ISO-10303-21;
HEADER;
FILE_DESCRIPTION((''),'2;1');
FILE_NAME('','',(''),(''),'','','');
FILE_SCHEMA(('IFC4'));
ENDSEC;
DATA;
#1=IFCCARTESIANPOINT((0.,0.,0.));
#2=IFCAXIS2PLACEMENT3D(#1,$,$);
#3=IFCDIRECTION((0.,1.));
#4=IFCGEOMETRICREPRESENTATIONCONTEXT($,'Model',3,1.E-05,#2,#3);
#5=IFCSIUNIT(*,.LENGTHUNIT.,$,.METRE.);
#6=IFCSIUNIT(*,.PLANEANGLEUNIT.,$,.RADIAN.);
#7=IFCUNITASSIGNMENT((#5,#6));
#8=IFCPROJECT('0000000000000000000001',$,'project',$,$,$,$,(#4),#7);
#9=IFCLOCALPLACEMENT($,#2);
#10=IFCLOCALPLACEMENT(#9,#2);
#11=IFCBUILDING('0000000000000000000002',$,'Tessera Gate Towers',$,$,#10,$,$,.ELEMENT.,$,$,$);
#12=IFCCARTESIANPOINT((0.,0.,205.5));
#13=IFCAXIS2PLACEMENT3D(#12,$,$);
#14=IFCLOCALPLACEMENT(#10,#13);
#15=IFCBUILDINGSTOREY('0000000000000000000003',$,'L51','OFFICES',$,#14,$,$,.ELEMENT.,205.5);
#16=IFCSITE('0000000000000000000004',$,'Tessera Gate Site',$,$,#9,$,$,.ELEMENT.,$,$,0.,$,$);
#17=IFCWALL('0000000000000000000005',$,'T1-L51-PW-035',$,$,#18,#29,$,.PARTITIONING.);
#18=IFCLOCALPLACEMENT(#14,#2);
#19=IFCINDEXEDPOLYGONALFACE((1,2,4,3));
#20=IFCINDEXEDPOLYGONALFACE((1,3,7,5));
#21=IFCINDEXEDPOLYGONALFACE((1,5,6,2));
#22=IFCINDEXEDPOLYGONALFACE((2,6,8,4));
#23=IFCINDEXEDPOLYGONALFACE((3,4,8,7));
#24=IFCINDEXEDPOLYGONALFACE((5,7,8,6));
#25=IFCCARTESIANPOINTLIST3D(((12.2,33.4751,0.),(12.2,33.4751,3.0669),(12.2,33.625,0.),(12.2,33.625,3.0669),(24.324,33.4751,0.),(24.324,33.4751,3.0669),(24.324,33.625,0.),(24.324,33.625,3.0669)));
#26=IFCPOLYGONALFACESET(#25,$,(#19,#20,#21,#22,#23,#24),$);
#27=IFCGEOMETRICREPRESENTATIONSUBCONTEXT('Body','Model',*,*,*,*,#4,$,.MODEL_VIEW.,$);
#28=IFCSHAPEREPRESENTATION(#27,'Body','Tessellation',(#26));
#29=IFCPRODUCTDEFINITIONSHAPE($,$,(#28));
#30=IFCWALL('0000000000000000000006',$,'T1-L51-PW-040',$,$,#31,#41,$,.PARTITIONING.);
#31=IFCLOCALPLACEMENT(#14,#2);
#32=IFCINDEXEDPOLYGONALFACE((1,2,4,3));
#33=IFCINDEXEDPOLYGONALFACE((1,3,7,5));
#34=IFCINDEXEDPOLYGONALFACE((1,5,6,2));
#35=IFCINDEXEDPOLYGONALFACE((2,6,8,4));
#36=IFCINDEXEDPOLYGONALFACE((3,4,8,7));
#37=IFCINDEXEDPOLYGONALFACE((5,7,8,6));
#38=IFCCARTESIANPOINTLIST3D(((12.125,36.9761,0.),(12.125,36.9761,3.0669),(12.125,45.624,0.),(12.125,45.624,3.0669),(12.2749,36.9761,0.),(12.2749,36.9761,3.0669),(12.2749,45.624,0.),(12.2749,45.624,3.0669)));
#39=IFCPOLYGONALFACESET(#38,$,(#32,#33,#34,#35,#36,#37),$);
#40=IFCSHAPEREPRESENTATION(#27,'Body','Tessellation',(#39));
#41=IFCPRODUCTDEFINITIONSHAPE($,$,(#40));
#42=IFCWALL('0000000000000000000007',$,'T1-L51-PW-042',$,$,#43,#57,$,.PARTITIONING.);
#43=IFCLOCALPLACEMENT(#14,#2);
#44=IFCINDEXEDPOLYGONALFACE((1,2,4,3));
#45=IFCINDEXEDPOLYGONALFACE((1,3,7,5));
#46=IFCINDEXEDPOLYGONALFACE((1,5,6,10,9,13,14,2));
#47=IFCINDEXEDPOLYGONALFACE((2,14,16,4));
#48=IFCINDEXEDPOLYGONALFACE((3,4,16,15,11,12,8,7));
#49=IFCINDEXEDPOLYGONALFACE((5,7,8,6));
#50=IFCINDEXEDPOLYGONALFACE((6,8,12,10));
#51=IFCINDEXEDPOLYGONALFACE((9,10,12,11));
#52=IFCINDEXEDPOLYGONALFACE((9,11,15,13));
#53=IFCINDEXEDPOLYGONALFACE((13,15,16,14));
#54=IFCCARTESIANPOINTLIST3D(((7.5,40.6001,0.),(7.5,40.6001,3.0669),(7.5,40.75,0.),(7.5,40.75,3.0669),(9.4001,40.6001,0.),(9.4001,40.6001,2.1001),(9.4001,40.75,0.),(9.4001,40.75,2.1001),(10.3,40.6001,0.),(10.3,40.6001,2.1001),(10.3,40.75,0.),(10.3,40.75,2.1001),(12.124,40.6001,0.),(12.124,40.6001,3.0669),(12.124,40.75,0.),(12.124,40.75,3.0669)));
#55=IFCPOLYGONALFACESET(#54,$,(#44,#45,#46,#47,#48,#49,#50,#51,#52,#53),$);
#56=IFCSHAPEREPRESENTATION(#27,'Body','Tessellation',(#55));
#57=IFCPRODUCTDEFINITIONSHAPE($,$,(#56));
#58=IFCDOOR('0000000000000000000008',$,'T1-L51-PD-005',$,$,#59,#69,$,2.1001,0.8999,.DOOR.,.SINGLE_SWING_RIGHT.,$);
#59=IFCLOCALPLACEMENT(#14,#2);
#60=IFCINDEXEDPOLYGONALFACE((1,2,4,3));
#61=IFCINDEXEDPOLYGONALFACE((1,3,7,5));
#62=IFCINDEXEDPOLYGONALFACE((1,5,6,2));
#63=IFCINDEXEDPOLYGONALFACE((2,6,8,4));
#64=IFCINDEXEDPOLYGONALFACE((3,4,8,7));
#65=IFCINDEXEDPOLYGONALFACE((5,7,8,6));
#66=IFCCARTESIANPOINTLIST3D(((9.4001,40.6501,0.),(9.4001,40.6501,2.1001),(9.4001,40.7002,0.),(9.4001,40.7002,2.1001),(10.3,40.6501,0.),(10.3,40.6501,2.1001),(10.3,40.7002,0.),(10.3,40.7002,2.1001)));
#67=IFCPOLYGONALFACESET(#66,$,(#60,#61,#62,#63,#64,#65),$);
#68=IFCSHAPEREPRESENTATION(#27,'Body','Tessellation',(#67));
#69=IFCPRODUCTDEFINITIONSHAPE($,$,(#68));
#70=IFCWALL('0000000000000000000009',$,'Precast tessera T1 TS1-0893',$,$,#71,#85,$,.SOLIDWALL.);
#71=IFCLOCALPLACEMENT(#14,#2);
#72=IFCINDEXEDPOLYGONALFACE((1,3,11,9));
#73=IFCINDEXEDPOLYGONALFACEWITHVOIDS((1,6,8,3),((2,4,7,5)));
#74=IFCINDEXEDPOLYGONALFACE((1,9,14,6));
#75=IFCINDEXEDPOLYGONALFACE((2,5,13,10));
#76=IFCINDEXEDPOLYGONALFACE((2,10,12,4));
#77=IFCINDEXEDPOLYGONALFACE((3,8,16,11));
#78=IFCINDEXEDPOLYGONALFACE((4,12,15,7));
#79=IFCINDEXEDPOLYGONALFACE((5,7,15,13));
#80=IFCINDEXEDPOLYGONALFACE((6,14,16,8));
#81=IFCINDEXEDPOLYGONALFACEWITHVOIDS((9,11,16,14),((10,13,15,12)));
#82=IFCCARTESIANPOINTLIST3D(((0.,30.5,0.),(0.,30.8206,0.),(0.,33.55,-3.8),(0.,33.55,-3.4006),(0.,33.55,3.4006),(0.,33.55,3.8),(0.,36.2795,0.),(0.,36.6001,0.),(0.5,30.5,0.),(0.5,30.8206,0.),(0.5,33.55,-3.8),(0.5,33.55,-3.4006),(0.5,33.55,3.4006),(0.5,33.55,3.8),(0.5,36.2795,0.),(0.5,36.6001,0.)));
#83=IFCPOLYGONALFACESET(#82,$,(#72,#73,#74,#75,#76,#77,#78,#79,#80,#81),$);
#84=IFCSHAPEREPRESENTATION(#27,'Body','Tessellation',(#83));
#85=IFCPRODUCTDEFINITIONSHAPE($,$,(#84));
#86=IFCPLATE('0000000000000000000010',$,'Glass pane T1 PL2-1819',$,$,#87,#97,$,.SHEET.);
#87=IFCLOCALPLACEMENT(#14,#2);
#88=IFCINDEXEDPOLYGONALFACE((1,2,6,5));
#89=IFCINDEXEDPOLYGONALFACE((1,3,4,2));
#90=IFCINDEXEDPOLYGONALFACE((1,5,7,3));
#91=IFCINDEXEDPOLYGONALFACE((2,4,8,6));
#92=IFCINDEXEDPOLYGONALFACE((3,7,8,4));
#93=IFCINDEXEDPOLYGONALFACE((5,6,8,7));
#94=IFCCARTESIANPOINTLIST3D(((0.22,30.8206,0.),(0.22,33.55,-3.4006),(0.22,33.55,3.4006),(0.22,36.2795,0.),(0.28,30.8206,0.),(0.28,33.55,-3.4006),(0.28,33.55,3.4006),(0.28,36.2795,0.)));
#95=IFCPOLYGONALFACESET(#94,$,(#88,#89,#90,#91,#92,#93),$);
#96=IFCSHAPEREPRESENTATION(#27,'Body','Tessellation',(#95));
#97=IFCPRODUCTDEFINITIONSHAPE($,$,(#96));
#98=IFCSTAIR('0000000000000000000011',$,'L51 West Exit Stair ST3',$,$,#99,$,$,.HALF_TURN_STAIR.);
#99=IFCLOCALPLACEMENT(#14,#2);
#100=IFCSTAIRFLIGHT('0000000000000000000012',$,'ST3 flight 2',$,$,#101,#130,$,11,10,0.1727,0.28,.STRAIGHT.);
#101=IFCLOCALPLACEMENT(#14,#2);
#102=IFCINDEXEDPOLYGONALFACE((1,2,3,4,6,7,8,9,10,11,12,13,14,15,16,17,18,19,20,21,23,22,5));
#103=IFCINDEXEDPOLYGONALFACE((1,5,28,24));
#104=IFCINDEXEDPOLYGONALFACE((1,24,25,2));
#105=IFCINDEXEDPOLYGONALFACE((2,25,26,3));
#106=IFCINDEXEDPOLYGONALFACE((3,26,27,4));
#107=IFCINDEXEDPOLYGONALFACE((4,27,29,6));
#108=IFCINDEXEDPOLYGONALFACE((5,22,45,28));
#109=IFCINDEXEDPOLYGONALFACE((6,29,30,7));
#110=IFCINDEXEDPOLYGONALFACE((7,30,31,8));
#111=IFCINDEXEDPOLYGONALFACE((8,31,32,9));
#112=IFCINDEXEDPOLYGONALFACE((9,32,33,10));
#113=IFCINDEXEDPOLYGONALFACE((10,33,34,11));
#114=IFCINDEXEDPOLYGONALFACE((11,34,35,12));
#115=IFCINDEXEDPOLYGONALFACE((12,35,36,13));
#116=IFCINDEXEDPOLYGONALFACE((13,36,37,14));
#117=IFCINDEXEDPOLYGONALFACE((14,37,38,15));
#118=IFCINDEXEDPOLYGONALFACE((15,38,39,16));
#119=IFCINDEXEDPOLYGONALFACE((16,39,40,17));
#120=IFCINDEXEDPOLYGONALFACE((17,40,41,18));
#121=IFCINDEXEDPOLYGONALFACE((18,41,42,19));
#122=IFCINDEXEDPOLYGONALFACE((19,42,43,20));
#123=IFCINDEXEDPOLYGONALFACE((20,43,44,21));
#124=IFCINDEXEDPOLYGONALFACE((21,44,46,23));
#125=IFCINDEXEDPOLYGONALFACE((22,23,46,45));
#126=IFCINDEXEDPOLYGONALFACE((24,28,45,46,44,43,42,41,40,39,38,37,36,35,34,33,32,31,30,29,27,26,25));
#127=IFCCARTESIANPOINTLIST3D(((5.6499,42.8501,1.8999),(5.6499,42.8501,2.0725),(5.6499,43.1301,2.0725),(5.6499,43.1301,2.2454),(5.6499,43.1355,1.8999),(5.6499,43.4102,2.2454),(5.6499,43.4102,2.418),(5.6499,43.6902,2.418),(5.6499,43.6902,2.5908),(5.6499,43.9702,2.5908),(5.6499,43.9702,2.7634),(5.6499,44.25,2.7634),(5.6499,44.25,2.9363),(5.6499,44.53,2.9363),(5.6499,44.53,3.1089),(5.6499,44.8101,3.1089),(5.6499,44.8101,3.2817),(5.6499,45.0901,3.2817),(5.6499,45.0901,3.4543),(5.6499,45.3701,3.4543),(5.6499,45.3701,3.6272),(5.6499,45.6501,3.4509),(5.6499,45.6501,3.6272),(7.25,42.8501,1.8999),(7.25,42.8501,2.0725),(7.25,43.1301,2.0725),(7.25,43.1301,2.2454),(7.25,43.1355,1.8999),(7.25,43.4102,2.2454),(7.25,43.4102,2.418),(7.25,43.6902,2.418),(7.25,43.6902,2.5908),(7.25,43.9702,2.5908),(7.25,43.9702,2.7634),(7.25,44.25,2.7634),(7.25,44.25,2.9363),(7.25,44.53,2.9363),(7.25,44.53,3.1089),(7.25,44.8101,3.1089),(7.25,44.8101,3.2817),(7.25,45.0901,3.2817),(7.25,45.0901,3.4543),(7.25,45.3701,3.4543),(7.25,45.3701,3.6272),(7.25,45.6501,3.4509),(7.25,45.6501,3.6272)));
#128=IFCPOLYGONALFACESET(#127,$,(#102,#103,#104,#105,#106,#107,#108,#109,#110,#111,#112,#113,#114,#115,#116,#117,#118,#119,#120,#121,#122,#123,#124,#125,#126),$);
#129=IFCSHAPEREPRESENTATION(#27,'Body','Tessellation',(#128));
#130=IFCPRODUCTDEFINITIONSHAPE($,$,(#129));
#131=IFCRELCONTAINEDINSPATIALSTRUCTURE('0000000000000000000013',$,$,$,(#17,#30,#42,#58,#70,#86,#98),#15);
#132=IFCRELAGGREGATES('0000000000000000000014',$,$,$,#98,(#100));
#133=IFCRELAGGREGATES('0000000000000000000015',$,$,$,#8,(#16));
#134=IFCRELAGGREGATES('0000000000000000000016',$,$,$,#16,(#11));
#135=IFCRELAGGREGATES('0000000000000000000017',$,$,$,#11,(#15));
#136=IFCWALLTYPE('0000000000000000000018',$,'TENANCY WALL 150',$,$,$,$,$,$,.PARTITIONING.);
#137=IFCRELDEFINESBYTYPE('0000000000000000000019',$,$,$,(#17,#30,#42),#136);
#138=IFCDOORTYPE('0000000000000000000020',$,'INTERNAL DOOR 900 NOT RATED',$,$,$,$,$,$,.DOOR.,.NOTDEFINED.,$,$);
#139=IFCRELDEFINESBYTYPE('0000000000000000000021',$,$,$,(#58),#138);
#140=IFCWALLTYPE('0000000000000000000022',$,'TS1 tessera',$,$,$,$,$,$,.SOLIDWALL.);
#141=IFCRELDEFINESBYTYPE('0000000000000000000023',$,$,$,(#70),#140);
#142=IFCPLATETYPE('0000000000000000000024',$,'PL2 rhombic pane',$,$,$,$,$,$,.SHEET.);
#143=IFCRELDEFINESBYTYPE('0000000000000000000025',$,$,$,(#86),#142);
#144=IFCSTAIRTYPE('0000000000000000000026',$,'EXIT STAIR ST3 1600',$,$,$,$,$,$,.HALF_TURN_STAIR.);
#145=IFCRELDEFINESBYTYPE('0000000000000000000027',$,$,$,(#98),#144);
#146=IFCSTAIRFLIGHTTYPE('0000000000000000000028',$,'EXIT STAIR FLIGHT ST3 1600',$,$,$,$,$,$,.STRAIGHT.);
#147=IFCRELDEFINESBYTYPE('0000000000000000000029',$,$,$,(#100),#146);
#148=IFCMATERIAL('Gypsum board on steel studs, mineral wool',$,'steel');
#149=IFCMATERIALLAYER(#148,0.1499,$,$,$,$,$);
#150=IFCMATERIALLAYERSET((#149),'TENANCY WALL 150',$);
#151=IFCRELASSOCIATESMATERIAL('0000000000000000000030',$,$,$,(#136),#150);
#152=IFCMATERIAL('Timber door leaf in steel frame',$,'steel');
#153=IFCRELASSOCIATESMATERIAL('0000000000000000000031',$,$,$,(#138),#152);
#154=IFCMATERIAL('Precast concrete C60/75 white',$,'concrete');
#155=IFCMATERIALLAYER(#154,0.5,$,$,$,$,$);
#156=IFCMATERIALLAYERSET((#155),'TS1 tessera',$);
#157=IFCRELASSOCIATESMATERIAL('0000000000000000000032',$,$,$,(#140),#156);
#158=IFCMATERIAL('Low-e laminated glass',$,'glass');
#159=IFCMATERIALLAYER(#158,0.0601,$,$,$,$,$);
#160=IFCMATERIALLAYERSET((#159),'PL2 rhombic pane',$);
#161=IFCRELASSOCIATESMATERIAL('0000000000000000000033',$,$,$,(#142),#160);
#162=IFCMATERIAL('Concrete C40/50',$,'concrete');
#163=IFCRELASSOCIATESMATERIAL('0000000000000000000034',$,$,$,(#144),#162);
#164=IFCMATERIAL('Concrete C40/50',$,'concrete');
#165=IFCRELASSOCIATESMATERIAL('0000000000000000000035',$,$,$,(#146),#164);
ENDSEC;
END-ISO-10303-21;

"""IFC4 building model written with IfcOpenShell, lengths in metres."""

from ifc_helpers import new_model, si_unit, direction, frame, frame_2d, origin, place, context, subcontext, project, spatial, polyline, rectangle, outline, extrude, source, transform, mapped, material, layer, layer_set, type_object, element, fill, aggregate, save


model = new_model("IFC4")

# Units and contexts
model_context = context("Model", 3, precision=1e-05, world=origin(), true_north=direction((0.0, 1.0)))
body_context = subcontext(model_context, "Body", "Model", "MODEL_VIEW")
ifc_project = project(units=[si_unit("LENGTHUNIT", "METRE"), si_unit("PLANEANGLEUNIT", "RADIAN")], contexts=[model_context])

# Site, building, storey
site_placement = place(None, origin())
site = spatial("IfcSite", under=ifc_project, at=site_placement, Name="Tessera Gate Site", CompositionType="ELEMENT", RefElevation=0.0)
building_placement = place(site_placement, origin())
building = spatial("IfcBuilding", under=site, at=building_placement, Name="Tessera Gate Towers", CompositionType="ELEMENT")
storey_placement = place(building_placement, frame((0.0, 0.0, 205.5)))
storey = spatial("IfcBuildingStorey", under=building, at=storey_placement, Name="L51", Description="OFFICES", CompositionType="ELEMENT", Elevation=205.5)

# Walls
ifc_material_1 = material(Name="Gypsum board on steel studs, mineral wool", Category="steel")
ifc_layer_1 = layer(ifc_material_1, 0.1499)
ifc_layer_set_1 = layer_set([ifc_layer_1], Name="TENANCY WALL 150")
wall_type_1 = type_object("IfcWallType", Name="TENANCY WALL 150", PredefinedType="PARTITIONING", material=ifc_layer_set_1)
wall_1_placement = place(storey_placement, frame((12.2, 33.55, 0.0), z_axis=(0.0, 0.0, 1.0), x_axis=(1.0, 0.0, 0.0)))
element("IfcWall", 1, at=wall_1_placement, inside=storey, type_object=wall_type_1, Name="T1-L51-PW-035", PredefinedType="PARTITIONING", context=body_context, shape_type="SweptSolid", body=[
    extrude(rectangle(XDim=12.124, YDim=0.1499, at=frame_2d((6.062, 0.0))), origin(), (0.0, 0.0, 1.0), 3.0669),
])
wall_2_placement = place(storey_placement, frame((12.2, 36.9761, 0.0), z_axis=(0.0, 0.0, 1.0), x_axis=(0.0, 1.0, 0.0)))
element("IfcWall", 2, at=wall_2_placement, inside=storey, type_object=wall_type_1, Name="T1-L51-PW-040", PredefinedType="PARTITIONING", context=body_context, shape_type="SweptSolid", body=[
    extrude(rectangle(XDim=8.6479, YDim=0.1499, at=frame_2d((4.324, 0.0))), origin(), (0.0, 0.0, 1.0), 3.0669),
])

# Wall, opening, door
wall_3_placement = place(storey_placement, frame((12.124, 40.675, 0.0), z_axis=(0.0, 0.0, 1.0), x_axis=(-1.0, 0.0, 0.0)))
wall_3 = element("IfcWall", 3, at=wall_3_placement, inside=storey, type_object=wall_type_1, Name="T1-L51-PW-042", PredefinedType="PARTITIONING", context=body_context, shape_type="SweptSolid", body=[
    extrude(rectangle(XDim=4.624, YDim=0.1499, at=frame_2d((2.312, 0.0))), origin(), (0.0, 0.0, 1.0), 3.0669),
])
shared_shape_1 = source(origin(), body_context, "Body", "SweptSolid", [
    extrude(rectangle(XDim=0.8999, YDim=2.1001, at=frame_2d((0.45, 1.05))), frame((0.0, 0.085, 0.0), z_axis=(0.0, -1.0, 0.0), x_axis=(1.0, 0.0, 0.0)), (0.0, 0.0, 1.0), 0.1699),
])
opening_1_placement = place(wall_3_placement, frame((1.824, 0.0, 0.0)))
opening_1 = element("IfcOpeningElement", 4, at=opening_1_placement, cuts=wall_3, PredefinedType="OPENING", context=body_context, shape_type="MappedRepresentation", body=[
    mapped(shared_shape_1, transform((0.0, 0.0, 0.0), scale=1.0)),
])
ifc_material_2 = material(Name="Timber door leaf in steel frame", Category="steel")
door_type = type_object("IfcDoorType", Name="INTERNAL DOOR 900 NOT RATED", OperationType="NOTDEFINED", PredefinedType="DOOR", material=ifc_material_2)
shared_shape_2 = source(origin(), body_context, "Body", "SweptSolid", [
    extrude(rectangle(XDim=0.8999, YDim=2.1001, at=frame_2d((0.45, 1.05))), frame((0.0, 0.0249, 0.0), z_axis=(0.0, -1.0, 0.0), x_axis=(1.0, 0.0, 0.0)), (0.0, 0.0, 1.0), 0.05),
])
door_placement = place(opening_1_placement, origin())
door = element("IfcDoor", 5, at=door_placement, inside=storey, type_object=door_type, Name="T1-L51-PD-005", OperationType="SINGLE_SWING_RIGHT", OverallHeight=2.1001, OverallWidth=0.8999, PredefinedType="DOOR", context=body_context, shape_type="MappedRepresentation", body=[
    mapped(shared_shape_2, transform((0.0, 0.0, 0.0), scale=1.0)),
])
fill(opening_1, door)

# Wall, opening, plate
ifc_material_3 = material(Name="Precast concrete C60/75 white", Category="concrete")
ifc_layer_2 = layer(ifc_material_3, 0.5)
ifc_layer_set_2 = layer_set([ifc_layer_2], Name="TS1 tessera")
wall_type_2 = type_object("IfcWallType", Name="TS1 tessera", PredefinedType="SOLIDWALL", material=ifc_layer_set_2)
shared_shape_3 = source(origin(), body_context, "Body", "SweptSolid", [
    extrude(outline(polyline([(3.05, 0.0), (6.1001, 3.8), (3.05, 7.6001), (0.0, 3.8), (3.05, 0.0)])), frame((0.0, 0.25, 0.0), z_axis=(0.0, -1.0, 0.0), x_axis=(1.0, 0.0, 0.0)), (0.0, 0.0, 1.0), 0.5),
])
wall_4_placement = place(storey_placement, frame((0.25, 36.6001, -3.8), z_axis=(0.0, 0.0, 1.0), x_axis=(0.0, -1.0, 0.0)))
wall_4 = element("IfcWall", 6, at=wall_4_placement, inside=storey, type_object=wall_type_2, Name="Precast tessera T1 TS1-0893", PredefinedType="SOLIDWALL", context=body_context, shape_type="MappedRepresentation", body=[
    mapped(shared_shape_3, transform((0.0, 0.0, 0.0), scale=1.0)),
])
shared_shape_4 = source(origin(), body_context, "Body", "SweptSolid", [
    extrude(outline(polyline([(3.05, 0.3994), (5.7795, 3.8), (3.05, 7.2007), (0.3206, 3.8), (3.05, 0.3994)])), frame((0.0, 0.26, 0.0), z_axis=(0.0, -1.0, 0.0), x_axis=(1.0, 0.0, 0.0)), (0.0, 0.0, 1.0), 0.52),
])
opening_2_placement = place(wall_4_placement, origin())
opening_2 = element("IfcOpeningElement", 7, at=opening_2_placement, cuts=wall_4, PredefinedType="OPENING", context=body_context, shape_type="MappedRepresentation", body=[
    mapped(shared_shape_4, transform((0.0, 0.0, 0.0), scale=1.0)),
])
ifc_material_4 = material(Name="Low-e laminated glass", Category="glass")
ifc_layer_3 = layer(ifc_material_4, 0.0601)
ifc_layer_set_3 = layer_set([ifc_layer_3], Name="PL2 rhombic pane")
plate_type = type_object("IfcPlateType", Name="PL2 rhombic pane", PredefinedType="SHEET", material=ifc_layer_set_3)
shared_shape_5 = source(origin(), body_context, "Body", "SweptSolid", [
    extrude(outline(polyline([(3.05, 0.3994), (5.7795, 3.8), (3.05, 7.2007), (0.3206, 3.8), (3.05, 0.3994)])), frame((0.0, 0.03, 0.0), z_axis=(0.0, -1.0, 0.0), x_axis=(1.0, 0.0, 0.0)), (0.0, 0.0, 1.0), 0.0601),
])
plate_placement = place(opening_2_placement, origin())
plate = element("IfcPlate", 8, at=plate_placement, inside=storey, type_object=plate_type, Name="Glass pane T1 PL2-1819", PredefinedType="SHEET", context=body_context, shape_type="MappedRepresentation", body=[
    mapped(shared_shape_5, transform((0.0, 0.0, 0.0), scale=1.0)),
])
fill(opening_2, plate)

# Stair, stair flight
ifc_material_5 = material(Name="Concrete C40/50", Category="concrete")
stair_type = type_object("IfcStairType", Name="EXIT STAIR ST3 1600", PredefinedType="HALF_TURN_STAIR", material=ifc_material_5)
stair_placement = place(storey_placement, origin())
stair = element("IfcStair", 9, at=stair_placement, inside=storey, type_object=stair_type, Name="L51 West Exit Stair ST3", PredefinedType="HALF_TURN_STAIR")
ifc_material_6 = material(Name="Concrete C40/50", Category="concrete")
stair_flight_type = type_object("IfcStairFlightType", Name="EXIT STAIR FLIGHT ST3 1600", PredefinedType="STRAIGHT", material=ifc_material_6)
stair_flight_placement = place(storey_placement, frame((6.45, 42.8501, 1.8999), z_axis=(0.0, 0.0, 1.0), x_axis=(0.0, 1.0, 0.0)))
stair_flight = element("IfcStairFlight", 10, at=stair_flight_placement, type_object=stair_flight_type, Name="ST3 flight 2", NumberOfRisers=11, NumberOfTreads=10, PredefinedType="STRAIGHT", RiserHeight=0.1727, TreadLength=0.28, context=body_context, shape_type="SweptSolid", body=[
    extrude(outline(polyline([(0.0, 0.0), (0.0, 0.1726), (0.28, 0.1726), (0.28, 0.3455), (0.5601, 0.3455), (0.5601, 0.5181), (0.8401, 0.5181), (0.8401, 0.6909), (1.1201, 0.6909), (1.1201, 0.8635), (1.3999, 0.8635), (1.3999, 1.0364), (1.6799, 1.0364), (1.6799, 1.209), (1.96, 1.209), (1.96, 1.3818), (2.24, 1.3818), (2.24, 1.5544), (2.52, 1.5544), (2.52, 1.7273), (2.8, 1.7273), (2.8, 1.8999), (2.8, 1.551), (0.2854, 0.0), (0.0, 0.0)])), frame((0.0, 0.8, 0.0), z_axis=(0.0, -1.0, 0.0), x_axis=(1.0, 0.0, 0.0)), (0.0, 0.0, 1.0), 1.6001),
])
aggregate(stair, [stair_flight])

save(model, "model.ifc")
